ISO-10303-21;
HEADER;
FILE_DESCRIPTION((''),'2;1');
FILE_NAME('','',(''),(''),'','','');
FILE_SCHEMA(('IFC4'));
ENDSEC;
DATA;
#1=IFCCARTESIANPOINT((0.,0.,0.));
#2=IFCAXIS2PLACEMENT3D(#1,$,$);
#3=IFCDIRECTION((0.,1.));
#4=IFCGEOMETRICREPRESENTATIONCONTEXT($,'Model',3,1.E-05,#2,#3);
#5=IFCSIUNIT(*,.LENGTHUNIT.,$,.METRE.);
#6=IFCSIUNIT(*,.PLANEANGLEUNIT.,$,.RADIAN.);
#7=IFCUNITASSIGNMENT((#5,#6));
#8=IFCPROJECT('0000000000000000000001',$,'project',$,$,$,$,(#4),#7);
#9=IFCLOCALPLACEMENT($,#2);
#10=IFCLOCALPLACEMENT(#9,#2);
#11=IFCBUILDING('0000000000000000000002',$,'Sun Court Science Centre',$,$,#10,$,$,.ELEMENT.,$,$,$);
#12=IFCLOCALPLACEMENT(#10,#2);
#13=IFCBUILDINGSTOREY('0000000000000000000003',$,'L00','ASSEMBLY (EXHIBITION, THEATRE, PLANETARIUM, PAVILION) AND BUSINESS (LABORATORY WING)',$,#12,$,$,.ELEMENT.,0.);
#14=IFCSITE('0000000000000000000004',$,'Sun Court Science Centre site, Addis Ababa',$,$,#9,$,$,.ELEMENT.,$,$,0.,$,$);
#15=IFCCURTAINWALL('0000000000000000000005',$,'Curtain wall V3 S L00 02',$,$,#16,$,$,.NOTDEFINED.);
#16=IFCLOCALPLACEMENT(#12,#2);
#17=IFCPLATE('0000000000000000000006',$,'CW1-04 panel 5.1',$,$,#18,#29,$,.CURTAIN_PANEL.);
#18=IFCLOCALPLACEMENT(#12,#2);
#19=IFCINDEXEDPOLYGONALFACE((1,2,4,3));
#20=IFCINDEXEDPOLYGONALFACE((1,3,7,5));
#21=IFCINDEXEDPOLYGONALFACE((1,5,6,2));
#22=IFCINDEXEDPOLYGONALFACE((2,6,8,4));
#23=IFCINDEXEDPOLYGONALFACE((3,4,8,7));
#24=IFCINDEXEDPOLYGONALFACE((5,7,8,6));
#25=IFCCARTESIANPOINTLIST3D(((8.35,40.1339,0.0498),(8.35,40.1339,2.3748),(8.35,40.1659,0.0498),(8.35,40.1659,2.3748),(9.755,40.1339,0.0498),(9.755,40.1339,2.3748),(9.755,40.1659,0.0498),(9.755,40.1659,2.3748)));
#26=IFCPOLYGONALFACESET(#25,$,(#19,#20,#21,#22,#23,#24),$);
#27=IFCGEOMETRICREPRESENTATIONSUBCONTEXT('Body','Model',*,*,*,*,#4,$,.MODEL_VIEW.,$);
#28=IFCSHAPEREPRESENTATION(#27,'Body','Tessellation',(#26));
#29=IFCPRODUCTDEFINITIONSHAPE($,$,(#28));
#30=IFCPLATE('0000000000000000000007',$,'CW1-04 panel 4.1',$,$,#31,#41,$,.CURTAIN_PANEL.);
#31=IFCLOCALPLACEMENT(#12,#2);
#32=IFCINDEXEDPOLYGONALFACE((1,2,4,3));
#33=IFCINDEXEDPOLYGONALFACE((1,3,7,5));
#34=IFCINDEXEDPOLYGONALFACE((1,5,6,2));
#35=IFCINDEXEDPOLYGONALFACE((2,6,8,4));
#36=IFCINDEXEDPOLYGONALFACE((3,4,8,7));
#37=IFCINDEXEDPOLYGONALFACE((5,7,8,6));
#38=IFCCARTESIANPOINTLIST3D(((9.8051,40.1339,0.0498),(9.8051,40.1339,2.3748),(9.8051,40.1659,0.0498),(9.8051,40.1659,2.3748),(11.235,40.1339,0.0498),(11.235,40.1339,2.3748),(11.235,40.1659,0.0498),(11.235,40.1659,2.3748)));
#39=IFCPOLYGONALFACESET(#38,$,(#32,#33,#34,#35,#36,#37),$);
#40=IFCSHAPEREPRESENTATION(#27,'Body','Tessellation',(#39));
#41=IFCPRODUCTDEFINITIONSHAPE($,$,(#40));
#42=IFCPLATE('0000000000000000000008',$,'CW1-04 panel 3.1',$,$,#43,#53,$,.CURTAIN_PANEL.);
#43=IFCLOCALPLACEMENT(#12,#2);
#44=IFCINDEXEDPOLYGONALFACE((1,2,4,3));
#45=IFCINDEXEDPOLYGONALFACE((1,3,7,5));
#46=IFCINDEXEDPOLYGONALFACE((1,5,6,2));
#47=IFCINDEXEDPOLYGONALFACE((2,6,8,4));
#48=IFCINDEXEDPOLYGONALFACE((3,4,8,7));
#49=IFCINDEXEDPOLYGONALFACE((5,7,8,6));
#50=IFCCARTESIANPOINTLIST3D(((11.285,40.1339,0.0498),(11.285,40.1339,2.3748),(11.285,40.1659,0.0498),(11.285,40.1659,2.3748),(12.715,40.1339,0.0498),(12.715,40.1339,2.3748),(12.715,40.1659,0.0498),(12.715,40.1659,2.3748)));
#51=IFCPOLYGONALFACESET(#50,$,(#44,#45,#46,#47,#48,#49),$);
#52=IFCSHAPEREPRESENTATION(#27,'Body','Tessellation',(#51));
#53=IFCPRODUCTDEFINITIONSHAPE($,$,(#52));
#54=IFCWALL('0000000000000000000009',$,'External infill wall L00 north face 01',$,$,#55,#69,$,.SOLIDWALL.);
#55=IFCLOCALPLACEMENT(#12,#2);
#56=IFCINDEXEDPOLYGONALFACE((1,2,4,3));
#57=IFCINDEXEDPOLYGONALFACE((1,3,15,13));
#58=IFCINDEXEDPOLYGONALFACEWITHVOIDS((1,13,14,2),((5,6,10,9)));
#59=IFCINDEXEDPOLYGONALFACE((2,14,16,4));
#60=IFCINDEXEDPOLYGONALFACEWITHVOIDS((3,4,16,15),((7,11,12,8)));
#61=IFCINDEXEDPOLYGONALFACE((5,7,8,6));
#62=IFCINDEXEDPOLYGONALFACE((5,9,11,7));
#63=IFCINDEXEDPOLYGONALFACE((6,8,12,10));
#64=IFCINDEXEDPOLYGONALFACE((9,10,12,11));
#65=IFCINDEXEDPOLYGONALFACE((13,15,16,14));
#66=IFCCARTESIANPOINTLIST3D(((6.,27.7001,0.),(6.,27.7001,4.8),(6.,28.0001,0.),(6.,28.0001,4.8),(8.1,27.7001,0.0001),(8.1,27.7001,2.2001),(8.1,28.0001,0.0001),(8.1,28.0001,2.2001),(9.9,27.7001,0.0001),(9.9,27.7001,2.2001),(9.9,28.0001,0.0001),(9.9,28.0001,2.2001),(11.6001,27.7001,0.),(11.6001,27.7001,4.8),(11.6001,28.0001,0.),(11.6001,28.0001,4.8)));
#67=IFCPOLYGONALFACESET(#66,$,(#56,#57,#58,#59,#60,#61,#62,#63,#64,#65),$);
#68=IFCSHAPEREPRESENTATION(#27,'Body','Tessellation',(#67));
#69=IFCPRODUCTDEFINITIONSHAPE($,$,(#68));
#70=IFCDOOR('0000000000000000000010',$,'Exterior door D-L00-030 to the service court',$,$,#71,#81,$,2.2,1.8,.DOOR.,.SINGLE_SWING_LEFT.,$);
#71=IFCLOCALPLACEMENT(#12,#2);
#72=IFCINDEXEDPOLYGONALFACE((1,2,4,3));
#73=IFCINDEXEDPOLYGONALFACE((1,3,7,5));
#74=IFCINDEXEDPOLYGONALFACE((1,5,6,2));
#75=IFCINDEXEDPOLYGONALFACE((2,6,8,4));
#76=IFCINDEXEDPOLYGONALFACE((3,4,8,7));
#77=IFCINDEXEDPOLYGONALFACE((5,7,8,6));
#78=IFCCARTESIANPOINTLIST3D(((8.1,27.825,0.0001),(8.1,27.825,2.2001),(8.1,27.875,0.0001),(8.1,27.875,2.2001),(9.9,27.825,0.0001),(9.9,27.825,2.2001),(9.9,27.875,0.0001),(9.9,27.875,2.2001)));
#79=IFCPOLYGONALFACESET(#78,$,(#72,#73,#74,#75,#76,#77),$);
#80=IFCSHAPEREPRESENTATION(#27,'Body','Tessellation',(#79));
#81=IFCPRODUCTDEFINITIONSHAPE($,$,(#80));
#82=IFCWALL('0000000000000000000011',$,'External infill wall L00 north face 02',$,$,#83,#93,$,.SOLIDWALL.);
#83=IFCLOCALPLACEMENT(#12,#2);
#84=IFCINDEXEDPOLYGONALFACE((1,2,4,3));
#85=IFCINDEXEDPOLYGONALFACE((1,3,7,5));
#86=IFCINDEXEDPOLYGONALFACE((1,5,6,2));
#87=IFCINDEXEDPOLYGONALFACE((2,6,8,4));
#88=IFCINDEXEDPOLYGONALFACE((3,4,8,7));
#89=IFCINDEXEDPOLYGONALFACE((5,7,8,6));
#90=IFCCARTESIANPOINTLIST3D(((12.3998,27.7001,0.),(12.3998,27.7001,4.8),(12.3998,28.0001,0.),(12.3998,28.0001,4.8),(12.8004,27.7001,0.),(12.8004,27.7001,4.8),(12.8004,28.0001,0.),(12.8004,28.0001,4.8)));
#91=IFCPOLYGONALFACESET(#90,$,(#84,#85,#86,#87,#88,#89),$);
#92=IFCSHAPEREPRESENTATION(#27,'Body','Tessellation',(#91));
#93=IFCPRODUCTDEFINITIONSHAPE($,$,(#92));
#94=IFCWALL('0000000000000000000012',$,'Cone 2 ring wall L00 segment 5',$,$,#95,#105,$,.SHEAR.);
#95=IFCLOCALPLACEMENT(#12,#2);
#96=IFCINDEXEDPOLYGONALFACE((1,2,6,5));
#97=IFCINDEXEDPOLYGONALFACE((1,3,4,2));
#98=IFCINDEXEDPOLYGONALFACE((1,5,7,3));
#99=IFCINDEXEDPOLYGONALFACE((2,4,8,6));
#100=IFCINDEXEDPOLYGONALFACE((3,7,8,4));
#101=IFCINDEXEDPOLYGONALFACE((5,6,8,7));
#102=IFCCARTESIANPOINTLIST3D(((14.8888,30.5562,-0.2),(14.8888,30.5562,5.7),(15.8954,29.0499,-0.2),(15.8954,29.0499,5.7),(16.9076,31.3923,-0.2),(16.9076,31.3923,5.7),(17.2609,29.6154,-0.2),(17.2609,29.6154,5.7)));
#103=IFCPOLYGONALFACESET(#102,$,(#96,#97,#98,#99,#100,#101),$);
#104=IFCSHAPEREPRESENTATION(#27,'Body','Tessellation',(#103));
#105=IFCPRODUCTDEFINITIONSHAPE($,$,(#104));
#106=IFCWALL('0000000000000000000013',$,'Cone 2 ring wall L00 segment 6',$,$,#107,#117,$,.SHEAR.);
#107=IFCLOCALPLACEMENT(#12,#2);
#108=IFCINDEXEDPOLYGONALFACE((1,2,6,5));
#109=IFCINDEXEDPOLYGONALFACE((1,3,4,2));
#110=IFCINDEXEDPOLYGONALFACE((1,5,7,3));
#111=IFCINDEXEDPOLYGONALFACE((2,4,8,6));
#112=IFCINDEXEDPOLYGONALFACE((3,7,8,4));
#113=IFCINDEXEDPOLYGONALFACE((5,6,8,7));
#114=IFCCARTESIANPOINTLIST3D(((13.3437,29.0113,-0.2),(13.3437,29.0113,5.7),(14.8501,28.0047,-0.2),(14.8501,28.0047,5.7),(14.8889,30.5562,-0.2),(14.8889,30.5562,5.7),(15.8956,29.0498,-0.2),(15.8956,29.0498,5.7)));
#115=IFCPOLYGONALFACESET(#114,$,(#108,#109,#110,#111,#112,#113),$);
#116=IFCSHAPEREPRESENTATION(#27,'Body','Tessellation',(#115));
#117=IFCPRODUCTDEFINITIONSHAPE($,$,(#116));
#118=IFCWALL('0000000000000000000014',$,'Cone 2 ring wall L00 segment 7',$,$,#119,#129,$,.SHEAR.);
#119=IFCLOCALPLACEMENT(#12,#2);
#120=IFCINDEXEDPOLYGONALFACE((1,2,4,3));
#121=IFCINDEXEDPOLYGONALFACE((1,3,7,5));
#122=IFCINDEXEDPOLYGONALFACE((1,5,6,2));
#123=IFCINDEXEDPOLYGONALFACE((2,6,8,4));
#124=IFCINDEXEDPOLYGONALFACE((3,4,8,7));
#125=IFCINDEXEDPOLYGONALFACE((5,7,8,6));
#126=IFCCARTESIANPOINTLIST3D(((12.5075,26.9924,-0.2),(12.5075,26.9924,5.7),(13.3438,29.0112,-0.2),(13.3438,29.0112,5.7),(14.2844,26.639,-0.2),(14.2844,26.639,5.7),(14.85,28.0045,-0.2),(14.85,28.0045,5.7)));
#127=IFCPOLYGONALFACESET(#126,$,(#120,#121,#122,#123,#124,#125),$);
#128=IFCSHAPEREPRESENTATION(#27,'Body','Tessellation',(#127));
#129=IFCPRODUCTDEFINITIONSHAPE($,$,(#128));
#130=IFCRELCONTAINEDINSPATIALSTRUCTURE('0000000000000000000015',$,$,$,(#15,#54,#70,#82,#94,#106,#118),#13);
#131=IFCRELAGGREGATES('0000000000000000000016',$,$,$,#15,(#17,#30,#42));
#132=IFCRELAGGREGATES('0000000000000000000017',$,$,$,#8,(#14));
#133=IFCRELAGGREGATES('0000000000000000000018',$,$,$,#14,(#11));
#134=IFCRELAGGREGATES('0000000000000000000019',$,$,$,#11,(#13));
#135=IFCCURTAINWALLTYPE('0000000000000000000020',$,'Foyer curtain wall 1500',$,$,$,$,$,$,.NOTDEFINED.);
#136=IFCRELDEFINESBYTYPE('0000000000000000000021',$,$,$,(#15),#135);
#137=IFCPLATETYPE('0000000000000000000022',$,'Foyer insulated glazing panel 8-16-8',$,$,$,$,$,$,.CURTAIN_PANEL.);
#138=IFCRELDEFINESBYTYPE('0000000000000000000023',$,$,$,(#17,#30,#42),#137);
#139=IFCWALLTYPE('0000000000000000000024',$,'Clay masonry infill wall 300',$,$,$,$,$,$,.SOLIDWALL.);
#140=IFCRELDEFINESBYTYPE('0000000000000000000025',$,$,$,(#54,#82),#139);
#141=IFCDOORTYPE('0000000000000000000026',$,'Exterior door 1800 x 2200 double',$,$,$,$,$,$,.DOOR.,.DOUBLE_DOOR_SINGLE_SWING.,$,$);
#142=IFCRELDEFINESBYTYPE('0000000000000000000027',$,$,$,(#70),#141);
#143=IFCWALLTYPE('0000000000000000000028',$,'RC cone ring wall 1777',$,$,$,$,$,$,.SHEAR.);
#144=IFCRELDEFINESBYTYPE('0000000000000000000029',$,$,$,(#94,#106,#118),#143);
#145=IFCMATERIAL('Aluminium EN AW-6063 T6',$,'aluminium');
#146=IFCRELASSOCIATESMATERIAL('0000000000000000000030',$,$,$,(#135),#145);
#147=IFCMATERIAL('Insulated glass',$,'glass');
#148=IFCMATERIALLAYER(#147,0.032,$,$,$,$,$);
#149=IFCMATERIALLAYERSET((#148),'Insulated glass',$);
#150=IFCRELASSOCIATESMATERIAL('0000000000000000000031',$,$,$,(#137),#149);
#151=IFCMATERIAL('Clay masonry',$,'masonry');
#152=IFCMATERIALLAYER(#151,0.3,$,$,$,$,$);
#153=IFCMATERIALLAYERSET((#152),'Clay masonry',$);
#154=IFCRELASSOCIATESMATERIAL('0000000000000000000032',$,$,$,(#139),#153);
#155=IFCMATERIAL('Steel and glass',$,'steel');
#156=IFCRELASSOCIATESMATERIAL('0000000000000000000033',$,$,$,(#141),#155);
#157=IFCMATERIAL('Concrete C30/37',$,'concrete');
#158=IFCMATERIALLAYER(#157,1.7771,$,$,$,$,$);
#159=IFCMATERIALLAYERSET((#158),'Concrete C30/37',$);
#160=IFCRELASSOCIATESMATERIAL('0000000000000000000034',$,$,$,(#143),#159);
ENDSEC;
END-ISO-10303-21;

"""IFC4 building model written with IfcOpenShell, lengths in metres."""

from ifc_helpers import new_model, si_unit, direction, frame, frame_2d, origin, origin_2d, place, context, subcontext, project, spatial, polyline, rectangle, outline, extrude, material, layer, layer_set, type_object, element, fill, aggregate, save


model = new_model("IFC4")

# Units and contexts
model_context = context("Model", 3, precision=1e-05, world=origin(), true_north=direction((0.0, 1.0)))
body_context = subcontext(model_context, "Body", "Model", "MODEL_VIEW")
ifc_project = project(units=[si_unit("LENGTHUNIT", "METRE"), si_unit("PLANEANGLEUNIT", "RADIAN")], contexts=[model_context])

# Site, building, storey
site_placement = place(None, origin())
site = spatial("IfcSite", under=ifc_project, at=site_placement, Name="Sun Court Science Centre site, Addis Ababa", CompositionType="ELEMENT", RefElevation=0.0)
building_placement = place(site_placement, origin())
building = spatial("IfcBuilding", under=site, at=building_placement, Name="Sun Court Science Centre", CompositionType="ELEMENT")
storey_placement = place(building_placement, origin())
storey = spatial("IfcBuildingStorey", under=building, at=storey_placement, Name="L00", Description="ASSEMBLY (EXHIBITION, THEATRE, PLANETARIUM, PAVILION) AND BUSINESS (LABORATORY WING)", CompositionType="ELEMENT", Elevation=0.0)

# Curtain wall
ifc_material_1 = material(Name="Aluminium EN AW-6063 T6", Category="aluminium")
curtain_wall_type = type_object("IfcCurtainWallType", Name="Foyer curtain wall 1500", PredefinedType="NOTDEFINED", material=ifc_material_1)
curtain_wall_1_placement = place(storey_placement, origin())
curtain_wall_1 = element("IfcCurtainWall", 1, at=curtain_wall_1_placement, inside=storey, type_object=curtain_wall_type, Name="Curtain wall V3 S L00 02", PredefinedType="NOTDEFINED")

# Plates
ifc_material_2 = material(Name="Insulated glass", Category="glass")
ifc_layer_1 = layer(ifc_material_2, 0.032)
ifc_layer_set_1 = layer_set([ifc_layer_1], Name="Insulated glass")
plate_type = type_object("IfcPlateType", Name="Foyer insulated glazing panel 8-16-8", PredefinedType="CURTAIN_PANEL", material=ifc_layer_set_1)
plate_1_placement = place(storey_placement, frame((9.0525, 40.1499, 0.0498), z_axis=(0.0, 0.0, 1.0), x_axis=(-1.0, 0.0, 0.0)))
plate_1 = element("IfcPlate", 2, at=plate_1_placement, type_object=plate_type, Name="CW1-04 panel 5.1", PredefinedType="CURTAIN_PANEL", context=body_context, shape_type="SweptSolid", body=[
    extrude(rectangle(XDim=1.405, YDim=0.032, at=origin_2d()), origin(), (0.0, 0.0, 1.0), 2.325),
])
plate_2_placement = place(storey_placement, frame((10.52, 40.1499, 0.0498), z_axis=(0.0, 0.0, 1.0), x_axis=(-1.0, 0.0, 0.0)))
plate_2 = element("IfcPlate", 3, at=plate_2_placement, type_object=plate_type, Name="CW1-04 panel 4.1", PredefinedType="CURTAIN_PANEL", context=body_context, shape_type="SweptSolid", body=[
    extrude(rectangle(XDim=1.4299, YDim=0.032, at=origin_2d()), origin(), (0.0, 0.0, 1.0), 2.325),
])
plate_3_placement = place(storey_placement, frame((12.0, 40.1499, 0.0498), z_axis=(0.0, 0.0, 1.0), x_axis=(-1.0, 0.0, 0.0)))
plate_3 = element("IfcPlate", 4, at=plate_3_placement, type_object=plate_type, Name="CW1-04 panel 3.1", PredefinedType="CURTAIN_PANEL", context=body_context, shape_type="SweptSolid", body=[
    extrude(rectangle(XDim=1.4299, YDim=0.032, at=origin_2d()), origin(), (0.0, 0.0, 1.0), 2.325),
])
aggregate(curtain_wall_1, [plate_1, plate_2, plate_3])

# Wall, opening, door
ifc_material_3 = material(Name="Clay masonry", Category="masonry")
ifc_layer_2 = layer(ifc_material_3, 0.3)
ifc_layer_set_2 = layer_set([ifc_layer_2], Name="Clay masonry")
wall_type_1 = type_object("IfcWallType", Name="Clay masonry infill wall 300", PredefinedType="SOLIDWALL", material=ifc_layer_set_2)
wall_1_placement = place(storey_placement, frame((6.0, 27.8501, 0.0), z_axis=(0.0, 0.0, 1.0), x_axis=(1.0, 0.0, 0.0)))
wall_1 = element("IfcWall", 5, at=wall_1_placement, inside=storey, type_object=wall_type_1, Name="External infill wall L00 north face 01", PredefinedType="SOLIDWALL", context=body_context, shape_type="SweptSolid", body=[
    extrude(rectangle(XDim=5.6001, YDim=0.3, at=frame_2d((2.8, 0.0))), origin(), (0.0, 0.0, 1.0), 4.8),
])
opening_placement = place(wall_1_placement, frame((2.1001, 0.0, 0.0)))
opening = element("IfcOpeningElement", 6, at=opening_placement, cuts=wall_1, PredefinedType="OPENING", context=body_context, shape_type="SweptSolid", body=[
    extrude(rectangle(XDim=1.8, YDim=2.2, at=frame_2d((0.8999, 1.1001))), frame((0.0, 0.1599, 0.0), z_axis=(0.0, -1.0, 0.0), x_axis=(1.0, 0.0, 0.0)), (0.0, 0.0, 1.0), 0.3201),
])
ifc_material_4 = material(Name="Steel and glass", Category="steel")
door_type = type_object("IfcDoorType", Name="Exterior door 1800 x 2200 double", OperationType="DOUBLE_DOOR_SINGLE_SWING", PredefinedType="DOOR", material=ifc_material_4)
door_placement = place(opening_placement, origin())
door = element("IfcDoor", 7, at=door_placement, inside=storey, type_object=door_type, Name="Exterior door D-L00-030 to the service court", OperationType="SINGLE_SWING_LEFT", OverallHeight=2.2, OverallWidth=1.8, PredefinedType="DOOR", context=body_context, shape_type="SweptSolid", body=[
    extrude(rectangle(XDim=1.8, YDim=2.2, at=frame_2d((0.8999, 1.1001))), frame((0.0, 0.0249, 0.0), z_axis=(0.0, -1.0, 0.0), x_axis=(1.0, 0.0, 0.0)), (0.0, 0.0, 1.0), 0.05),
])
fill(opening, door)

# Walls
wall_2_placement = place(storey_placement, frame((12.3999, 27.8501, 0.0), z_axis=(0.0, 0.0, 1.0), x_axis=(1.0, 0.0, 0.0)))
element("IfcWall", 8, at=wall_2_placement, inside=storey, type_object=wall_type_1, Name="External infill wall L00 north face 02", PredefinedType="SOLIDWALL", context=body_context, shape_type="SweptSolid", body=[
    extrude(rectangle(XDim=0.4006, YDim=0.3, at=frame_2d((0.2002, 0.0))), origin(), (0.0, 0.0, 1.0), 4.8),
])
ifc_material_5 = material(Name="Concrete C30/37", Category="concrete")
ifc_layer_3 = layer(ifc_material_5, 1.7771)
ifc_layer_set_3 = layer_set([ifc_layer_3], Name="Concrete C30/37")
wall_type_2 = type_object("IfcWallType", Name="RC cone ring wall 1777", PredefinedType="SHEAR", material=ifc_layer_set_3)
wall_3_placement = place(storey_placement, frame((17.2476, 30.5715, -0.2), z_axis=(0.0, 0.0, 1.0), x_axis=(-0.923885, -0.382671, 0.0)))
element("IfcWall", 9, at=wall_3_placement, inside=storey, type_object=wall_type_2, Name="Cone 2 ring wall L00 segment 5", PredefinedType="SHEAR", context=body_context, shape_type="SweptSolid", body=[
    extrude(outline(polyline([(0.0, -0.8884), (2.1851, -0.8884), (1.8315, 0.8884), (0.3535, 0.8884), (0.0, -0.8884)])), origin(), (0.0, 0.0, 1.0), 5.8999),
])
wall_4_placement = place(storey_placement, frame((15.5171, 29.928, -0.2), z_axis=(0.0, 0.0, 1.0), x_axis=(-0.707163, -0.707051, 0.0)))
element("IfcWall", 10, at=wall_4_placement, inside=storey, type_object=wall_type_2, Name="Cone 2 ring wall L00 segment 6", PredefinedType="SHEAR", context=body_context, shape_type="SweptSolid", body=[
    extrude(outline(polyline([(0.0, -0.8884), (2.1851, -0.8884), (1.8315, 0.8884), (0.3533, 0.8887), (0.0, -0.8884)])), origin(), (0.0, 0.0, 1.0), 5.8999),
])
wall_5_placement = place(storey_placement, frame((14.1646, 28.6711, -0.2), z_axis=(0.0, 0.0, 1.0), x_axis=(-0.38271, -0.923868, 0.0)))
element("IfcWall", 11, at=wall_5_placement, inside=storey, type_object=wall_type_2, Name="Cone 2 ring wall L00 segment 7", PredefinedType="SHEAR", context=body_context, shape_type="SweptSolid", body=[
    extrude(outline(polyline([(0.0, -0.8884), (2.1851, -0.8884), (1.8315, 0.8884), (0.3535, 0.8884), (0.0, -0.8884)])), origin(), (0.0, 0.0, 1.0), 5.8999),
])

save(model, "model.ifc")
